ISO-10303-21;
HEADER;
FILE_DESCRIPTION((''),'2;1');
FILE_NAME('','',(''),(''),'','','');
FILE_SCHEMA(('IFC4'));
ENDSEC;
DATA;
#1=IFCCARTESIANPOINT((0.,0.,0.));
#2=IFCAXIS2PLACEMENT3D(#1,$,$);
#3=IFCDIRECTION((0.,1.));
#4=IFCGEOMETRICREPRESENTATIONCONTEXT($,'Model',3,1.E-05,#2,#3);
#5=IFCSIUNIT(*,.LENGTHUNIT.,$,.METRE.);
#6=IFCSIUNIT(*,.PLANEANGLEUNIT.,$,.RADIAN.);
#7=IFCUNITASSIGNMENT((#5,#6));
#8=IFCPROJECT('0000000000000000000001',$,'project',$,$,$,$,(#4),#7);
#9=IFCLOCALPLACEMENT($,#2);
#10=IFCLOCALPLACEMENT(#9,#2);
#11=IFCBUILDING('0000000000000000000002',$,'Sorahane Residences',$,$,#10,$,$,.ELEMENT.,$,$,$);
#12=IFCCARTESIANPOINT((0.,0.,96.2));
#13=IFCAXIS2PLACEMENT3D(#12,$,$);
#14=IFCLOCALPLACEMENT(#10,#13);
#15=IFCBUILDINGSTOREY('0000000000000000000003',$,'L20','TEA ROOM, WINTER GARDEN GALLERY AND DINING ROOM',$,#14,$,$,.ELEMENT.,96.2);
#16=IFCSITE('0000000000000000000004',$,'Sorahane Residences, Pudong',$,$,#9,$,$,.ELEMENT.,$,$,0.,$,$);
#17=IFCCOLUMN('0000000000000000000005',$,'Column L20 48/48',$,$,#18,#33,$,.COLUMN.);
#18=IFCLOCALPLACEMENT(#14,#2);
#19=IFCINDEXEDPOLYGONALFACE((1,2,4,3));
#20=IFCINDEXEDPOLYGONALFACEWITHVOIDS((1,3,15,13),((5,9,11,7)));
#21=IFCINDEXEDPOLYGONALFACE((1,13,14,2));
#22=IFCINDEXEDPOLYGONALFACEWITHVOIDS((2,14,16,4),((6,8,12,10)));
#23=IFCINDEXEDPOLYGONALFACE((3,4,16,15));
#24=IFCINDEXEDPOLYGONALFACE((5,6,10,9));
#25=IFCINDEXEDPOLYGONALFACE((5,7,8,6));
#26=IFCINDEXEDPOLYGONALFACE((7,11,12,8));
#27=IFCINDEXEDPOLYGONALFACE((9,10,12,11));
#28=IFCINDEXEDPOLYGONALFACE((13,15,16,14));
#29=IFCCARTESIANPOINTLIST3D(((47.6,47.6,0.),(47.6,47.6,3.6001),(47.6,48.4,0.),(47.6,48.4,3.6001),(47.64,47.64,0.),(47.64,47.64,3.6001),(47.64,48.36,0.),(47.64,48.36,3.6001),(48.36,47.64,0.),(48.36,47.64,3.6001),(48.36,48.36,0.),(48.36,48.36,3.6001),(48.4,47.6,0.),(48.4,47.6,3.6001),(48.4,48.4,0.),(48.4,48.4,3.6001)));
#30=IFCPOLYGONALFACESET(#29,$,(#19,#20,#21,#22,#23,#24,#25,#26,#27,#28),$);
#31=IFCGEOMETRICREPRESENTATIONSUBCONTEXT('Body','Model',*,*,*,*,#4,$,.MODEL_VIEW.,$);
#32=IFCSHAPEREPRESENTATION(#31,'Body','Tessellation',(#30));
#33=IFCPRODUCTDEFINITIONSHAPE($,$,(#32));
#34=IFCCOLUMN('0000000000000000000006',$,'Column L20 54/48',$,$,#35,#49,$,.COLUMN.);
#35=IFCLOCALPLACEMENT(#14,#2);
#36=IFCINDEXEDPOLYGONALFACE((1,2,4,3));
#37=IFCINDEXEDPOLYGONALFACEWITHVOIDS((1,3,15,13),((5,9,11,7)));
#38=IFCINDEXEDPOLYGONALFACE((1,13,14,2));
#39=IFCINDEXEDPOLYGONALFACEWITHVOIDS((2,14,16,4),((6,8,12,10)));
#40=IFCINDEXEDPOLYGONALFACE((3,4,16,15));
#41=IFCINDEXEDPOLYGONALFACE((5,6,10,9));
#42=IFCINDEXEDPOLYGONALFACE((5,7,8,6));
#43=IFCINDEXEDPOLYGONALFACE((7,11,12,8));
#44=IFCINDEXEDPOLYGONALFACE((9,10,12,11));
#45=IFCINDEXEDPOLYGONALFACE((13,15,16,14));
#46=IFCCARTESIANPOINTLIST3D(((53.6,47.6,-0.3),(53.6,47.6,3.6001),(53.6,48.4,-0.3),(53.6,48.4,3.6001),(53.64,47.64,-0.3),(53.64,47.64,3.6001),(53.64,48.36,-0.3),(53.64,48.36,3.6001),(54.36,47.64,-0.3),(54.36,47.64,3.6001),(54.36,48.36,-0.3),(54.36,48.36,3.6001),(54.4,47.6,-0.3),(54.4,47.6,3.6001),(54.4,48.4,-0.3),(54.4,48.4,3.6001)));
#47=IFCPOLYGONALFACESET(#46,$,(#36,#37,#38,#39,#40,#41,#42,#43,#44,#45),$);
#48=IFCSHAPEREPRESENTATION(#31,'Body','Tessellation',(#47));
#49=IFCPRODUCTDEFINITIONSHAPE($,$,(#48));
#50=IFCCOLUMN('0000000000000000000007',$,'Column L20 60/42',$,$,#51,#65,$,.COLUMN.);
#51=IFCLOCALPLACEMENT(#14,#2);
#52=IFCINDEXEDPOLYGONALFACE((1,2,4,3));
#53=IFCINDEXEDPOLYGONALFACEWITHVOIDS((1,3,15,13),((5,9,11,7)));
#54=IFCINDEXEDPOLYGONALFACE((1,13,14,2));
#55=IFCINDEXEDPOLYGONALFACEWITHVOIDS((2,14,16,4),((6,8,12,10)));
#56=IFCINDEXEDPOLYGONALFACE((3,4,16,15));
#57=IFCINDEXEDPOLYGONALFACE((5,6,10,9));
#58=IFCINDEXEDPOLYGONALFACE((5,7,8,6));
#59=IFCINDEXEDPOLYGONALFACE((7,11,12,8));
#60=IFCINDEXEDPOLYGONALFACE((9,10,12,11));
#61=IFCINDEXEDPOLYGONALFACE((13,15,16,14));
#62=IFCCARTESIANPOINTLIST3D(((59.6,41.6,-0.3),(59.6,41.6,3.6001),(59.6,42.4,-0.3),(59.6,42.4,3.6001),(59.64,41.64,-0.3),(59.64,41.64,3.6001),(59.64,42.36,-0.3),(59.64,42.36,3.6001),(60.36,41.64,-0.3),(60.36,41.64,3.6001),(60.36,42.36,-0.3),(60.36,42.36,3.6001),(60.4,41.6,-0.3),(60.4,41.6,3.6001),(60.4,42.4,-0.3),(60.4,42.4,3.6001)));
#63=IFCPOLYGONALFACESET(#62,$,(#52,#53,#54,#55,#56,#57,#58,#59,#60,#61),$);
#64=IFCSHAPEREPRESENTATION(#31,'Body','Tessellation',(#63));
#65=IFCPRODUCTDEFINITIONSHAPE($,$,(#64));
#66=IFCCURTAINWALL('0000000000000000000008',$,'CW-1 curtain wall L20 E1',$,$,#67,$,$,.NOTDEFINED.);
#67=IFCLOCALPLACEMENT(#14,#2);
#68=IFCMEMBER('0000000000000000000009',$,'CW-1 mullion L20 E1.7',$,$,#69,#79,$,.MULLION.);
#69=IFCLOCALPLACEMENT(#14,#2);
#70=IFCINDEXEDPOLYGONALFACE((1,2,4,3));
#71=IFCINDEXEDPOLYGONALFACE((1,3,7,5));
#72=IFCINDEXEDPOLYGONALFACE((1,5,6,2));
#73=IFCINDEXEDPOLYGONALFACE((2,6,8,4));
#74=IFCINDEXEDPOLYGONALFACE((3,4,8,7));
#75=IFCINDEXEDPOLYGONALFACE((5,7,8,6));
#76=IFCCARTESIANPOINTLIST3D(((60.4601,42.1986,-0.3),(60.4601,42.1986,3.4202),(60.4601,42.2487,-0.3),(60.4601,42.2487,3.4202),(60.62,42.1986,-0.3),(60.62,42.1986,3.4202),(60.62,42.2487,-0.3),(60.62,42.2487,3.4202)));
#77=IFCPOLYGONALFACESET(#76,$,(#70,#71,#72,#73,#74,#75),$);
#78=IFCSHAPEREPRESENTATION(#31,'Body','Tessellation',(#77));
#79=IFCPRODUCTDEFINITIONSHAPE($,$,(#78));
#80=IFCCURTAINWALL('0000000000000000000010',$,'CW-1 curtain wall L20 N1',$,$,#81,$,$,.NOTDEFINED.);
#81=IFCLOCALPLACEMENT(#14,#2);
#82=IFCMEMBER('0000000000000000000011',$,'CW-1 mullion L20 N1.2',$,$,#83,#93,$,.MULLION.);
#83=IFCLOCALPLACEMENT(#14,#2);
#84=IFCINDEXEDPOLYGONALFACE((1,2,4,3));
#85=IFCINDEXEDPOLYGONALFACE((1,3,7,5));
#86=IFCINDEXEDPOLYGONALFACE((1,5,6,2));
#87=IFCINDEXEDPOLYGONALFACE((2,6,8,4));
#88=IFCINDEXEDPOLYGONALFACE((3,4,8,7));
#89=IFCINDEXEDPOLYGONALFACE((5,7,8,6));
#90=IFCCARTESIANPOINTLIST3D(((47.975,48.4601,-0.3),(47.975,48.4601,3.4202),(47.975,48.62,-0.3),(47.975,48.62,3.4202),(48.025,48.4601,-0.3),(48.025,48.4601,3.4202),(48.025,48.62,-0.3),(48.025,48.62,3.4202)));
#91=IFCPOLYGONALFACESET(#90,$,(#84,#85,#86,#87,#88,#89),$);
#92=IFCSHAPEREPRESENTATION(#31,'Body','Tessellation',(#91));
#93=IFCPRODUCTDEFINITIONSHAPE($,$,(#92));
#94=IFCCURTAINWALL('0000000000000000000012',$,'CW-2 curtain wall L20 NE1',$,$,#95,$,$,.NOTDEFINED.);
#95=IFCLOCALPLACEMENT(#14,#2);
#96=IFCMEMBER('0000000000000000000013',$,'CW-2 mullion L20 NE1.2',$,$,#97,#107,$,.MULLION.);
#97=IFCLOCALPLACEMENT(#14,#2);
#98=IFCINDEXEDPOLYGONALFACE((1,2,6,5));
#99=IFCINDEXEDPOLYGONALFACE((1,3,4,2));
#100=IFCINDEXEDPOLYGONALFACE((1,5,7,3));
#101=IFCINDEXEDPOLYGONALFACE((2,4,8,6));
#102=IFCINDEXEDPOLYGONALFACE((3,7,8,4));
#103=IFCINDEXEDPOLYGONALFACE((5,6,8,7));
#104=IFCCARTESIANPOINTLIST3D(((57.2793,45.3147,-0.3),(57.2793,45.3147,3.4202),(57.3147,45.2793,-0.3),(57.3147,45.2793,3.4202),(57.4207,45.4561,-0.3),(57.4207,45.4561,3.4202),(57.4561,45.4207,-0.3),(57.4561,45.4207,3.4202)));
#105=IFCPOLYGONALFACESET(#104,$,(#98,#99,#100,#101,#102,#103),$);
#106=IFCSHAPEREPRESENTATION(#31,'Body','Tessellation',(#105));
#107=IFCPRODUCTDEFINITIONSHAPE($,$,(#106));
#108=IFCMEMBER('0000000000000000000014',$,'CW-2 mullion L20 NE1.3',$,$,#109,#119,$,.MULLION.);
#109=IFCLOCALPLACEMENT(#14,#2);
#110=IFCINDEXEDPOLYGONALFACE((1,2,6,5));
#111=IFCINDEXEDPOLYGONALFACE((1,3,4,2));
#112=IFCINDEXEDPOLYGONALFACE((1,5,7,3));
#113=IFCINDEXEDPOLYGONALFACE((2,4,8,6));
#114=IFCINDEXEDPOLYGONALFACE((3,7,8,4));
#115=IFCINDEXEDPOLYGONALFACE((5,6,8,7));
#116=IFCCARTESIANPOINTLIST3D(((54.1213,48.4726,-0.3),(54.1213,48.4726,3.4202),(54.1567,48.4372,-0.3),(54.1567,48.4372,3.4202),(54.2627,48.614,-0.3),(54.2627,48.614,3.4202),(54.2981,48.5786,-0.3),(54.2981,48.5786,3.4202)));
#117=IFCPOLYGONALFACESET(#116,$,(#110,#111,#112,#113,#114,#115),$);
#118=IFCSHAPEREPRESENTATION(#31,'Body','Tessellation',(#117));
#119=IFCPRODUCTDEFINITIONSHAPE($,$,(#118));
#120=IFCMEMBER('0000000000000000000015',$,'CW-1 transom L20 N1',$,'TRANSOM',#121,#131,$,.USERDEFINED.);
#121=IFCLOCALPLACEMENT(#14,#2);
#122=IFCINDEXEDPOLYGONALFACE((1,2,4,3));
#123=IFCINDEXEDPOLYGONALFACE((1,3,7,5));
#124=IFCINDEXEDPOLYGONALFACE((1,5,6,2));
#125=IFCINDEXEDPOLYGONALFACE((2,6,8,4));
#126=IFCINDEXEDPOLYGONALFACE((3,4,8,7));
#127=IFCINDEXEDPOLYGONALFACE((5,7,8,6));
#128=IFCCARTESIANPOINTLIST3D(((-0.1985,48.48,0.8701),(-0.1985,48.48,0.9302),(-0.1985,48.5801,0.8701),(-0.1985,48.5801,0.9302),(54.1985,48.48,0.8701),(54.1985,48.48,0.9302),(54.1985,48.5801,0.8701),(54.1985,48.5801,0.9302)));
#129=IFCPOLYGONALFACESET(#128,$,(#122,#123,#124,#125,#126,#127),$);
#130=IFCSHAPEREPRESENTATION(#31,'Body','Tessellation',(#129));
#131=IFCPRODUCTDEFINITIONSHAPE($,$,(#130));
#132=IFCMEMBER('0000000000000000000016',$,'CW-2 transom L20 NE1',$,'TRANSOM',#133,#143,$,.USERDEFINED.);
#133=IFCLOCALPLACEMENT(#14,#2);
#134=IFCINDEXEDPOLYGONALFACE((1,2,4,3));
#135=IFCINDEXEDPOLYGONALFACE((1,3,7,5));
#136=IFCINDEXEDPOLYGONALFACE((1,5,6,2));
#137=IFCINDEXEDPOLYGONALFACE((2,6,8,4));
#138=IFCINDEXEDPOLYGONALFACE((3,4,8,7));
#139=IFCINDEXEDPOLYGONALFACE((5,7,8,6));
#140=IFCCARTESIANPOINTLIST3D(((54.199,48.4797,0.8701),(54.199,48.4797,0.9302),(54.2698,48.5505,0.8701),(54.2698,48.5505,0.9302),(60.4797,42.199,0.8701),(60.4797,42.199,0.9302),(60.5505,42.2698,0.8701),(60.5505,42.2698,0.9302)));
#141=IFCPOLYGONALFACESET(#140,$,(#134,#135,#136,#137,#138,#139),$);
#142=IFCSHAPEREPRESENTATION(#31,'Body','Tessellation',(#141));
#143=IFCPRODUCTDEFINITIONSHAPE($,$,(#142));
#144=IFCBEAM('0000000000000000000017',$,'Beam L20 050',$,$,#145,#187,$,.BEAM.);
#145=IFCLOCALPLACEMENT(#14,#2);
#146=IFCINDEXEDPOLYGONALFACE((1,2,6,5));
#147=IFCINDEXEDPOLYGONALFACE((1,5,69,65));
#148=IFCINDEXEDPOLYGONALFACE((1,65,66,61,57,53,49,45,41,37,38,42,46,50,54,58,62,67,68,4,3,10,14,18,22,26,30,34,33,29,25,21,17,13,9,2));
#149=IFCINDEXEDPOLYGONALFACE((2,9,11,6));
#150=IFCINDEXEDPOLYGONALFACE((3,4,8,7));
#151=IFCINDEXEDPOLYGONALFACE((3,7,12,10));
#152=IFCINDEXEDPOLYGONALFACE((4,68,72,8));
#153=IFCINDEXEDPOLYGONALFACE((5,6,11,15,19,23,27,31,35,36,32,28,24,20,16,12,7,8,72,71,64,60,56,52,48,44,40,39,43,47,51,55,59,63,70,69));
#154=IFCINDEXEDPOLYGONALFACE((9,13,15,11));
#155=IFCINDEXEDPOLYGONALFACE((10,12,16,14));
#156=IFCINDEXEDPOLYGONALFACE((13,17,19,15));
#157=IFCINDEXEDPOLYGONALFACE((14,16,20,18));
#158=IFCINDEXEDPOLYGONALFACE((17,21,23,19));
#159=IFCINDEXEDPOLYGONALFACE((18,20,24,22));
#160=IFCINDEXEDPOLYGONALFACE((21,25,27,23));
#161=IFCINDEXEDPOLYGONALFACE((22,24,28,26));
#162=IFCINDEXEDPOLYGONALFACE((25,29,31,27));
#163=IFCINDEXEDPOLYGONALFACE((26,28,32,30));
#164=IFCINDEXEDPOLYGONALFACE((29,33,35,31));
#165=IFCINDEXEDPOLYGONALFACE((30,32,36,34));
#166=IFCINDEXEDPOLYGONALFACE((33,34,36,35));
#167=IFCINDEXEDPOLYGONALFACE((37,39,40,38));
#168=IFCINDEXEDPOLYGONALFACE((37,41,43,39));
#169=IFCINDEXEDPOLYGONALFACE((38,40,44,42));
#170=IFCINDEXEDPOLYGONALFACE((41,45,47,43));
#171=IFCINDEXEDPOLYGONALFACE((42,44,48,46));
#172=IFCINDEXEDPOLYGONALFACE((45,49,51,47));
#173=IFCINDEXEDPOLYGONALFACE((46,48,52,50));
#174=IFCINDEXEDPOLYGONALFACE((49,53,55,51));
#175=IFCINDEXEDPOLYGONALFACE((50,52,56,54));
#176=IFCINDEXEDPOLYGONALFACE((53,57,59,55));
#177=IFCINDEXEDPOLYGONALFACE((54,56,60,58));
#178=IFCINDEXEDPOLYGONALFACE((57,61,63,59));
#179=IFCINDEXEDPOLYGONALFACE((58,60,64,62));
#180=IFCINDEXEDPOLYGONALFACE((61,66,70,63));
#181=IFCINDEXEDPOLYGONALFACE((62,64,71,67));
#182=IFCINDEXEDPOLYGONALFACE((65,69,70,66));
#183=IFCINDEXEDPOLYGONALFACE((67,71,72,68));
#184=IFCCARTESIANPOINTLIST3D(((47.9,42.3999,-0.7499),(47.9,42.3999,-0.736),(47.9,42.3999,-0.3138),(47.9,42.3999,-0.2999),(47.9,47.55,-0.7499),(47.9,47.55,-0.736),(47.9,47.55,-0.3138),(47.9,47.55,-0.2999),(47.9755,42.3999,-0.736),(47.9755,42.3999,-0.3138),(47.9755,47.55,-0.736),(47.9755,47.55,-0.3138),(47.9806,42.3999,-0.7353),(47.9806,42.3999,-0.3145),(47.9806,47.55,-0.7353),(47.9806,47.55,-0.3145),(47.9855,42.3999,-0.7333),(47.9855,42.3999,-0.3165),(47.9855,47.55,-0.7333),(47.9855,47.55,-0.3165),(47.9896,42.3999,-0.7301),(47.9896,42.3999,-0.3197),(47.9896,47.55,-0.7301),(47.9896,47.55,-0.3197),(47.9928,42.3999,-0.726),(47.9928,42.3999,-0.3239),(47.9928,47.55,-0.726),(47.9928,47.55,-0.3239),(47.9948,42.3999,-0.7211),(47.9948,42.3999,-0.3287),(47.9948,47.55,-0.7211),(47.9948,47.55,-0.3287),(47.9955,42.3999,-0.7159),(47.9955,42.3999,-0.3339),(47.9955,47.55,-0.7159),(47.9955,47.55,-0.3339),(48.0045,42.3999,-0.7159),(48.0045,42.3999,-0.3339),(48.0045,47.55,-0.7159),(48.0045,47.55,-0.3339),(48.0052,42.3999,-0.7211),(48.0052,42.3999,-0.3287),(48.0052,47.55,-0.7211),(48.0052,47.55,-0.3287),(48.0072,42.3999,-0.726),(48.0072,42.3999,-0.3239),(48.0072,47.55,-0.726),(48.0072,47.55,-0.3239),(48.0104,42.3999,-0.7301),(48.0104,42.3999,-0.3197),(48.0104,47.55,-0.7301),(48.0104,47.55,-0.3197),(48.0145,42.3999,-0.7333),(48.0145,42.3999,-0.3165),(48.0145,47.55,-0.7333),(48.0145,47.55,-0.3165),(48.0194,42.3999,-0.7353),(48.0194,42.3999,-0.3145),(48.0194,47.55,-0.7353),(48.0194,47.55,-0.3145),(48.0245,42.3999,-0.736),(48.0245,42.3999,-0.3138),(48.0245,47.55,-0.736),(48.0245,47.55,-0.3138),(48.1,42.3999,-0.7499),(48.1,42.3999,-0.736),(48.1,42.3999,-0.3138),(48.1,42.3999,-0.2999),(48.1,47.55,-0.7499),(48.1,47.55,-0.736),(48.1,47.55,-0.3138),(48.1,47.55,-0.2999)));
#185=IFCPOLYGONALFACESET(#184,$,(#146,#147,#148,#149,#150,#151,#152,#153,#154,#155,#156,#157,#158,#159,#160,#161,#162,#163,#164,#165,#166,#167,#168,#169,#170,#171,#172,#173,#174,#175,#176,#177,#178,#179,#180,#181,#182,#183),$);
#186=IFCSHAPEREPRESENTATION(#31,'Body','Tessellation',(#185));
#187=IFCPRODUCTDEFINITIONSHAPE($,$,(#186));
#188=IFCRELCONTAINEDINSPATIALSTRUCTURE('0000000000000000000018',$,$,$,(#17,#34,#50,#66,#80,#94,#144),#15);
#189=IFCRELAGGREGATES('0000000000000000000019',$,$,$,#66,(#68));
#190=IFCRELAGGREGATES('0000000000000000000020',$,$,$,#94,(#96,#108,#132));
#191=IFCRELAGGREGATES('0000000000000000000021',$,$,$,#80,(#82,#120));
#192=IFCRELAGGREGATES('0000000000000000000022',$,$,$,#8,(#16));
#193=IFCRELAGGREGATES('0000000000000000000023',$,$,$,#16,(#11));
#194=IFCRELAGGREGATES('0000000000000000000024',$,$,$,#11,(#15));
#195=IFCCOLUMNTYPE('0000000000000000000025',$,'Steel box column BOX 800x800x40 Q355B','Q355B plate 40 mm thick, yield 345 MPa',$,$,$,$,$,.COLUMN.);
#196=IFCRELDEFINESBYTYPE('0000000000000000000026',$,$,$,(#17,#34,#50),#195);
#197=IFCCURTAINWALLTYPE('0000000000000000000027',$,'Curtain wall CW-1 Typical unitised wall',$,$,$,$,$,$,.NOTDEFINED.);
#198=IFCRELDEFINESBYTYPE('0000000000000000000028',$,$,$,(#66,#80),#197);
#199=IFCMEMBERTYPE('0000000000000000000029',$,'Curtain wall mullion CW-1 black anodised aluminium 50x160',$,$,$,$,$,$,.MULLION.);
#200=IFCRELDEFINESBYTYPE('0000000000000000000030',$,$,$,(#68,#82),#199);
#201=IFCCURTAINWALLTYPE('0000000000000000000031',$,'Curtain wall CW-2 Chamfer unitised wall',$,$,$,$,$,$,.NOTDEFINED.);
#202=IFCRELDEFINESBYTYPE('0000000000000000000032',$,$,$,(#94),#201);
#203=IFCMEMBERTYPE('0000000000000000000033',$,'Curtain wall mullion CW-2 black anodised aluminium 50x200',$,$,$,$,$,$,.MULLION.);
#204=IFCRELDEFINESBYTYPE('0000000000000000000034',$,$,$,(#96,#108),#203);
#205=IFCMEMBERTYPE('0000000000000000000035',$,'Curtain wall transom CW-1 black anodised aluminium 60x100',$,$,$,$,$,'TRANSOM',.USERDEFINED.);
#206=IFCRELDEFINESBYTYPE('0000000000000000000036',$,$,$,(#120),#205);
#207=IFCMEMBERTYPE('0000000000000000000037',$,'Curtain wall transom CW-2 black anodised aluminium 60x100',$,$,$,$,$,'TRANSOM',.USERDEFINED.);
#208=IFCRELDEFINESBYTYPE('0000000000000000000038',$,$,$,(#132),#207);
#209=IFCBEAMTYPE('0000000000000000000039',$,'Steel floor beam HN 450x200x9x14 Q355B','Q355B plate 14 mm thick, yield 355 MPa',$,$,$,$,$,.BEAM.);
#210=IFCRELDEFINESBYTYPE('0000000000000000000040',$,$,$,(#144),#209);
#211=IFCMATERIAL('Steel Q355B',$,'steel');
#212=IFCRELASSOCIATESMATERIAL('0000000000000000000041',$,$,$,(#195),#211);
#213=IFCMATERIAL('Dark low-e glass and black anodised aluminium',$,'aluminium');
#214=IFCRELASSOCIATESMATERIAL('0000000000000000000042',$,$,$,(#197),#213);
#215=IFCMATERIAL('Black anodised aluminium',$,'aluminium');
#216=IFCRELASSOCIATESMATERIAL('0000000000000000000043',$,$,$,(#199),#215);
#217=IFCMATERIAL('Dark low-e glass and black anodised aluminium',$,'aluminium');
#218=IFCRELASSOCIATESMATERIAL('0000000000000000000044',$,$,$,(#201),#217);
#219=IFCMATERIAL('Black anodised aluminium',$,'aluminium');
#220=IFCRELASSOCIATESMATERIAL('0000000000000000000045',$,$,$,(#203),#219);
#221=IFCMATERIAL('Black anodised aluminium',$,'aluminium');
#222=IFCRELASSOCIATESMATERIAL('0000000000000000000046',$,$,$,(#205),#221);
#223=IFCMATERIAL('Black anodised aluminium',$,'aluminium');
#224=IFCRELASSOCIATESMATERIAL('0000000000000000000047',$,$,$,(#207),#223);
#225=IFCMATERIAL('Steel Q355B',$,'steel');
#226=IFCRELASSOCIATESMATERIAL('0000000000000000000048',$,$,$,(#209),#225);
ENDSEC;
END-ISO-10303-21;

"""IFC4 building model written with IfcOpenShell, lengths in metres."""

from ifc_helpers import new_model, si_unit, direction, frame, origin, origin_2d, place, context, subcontext, project, spatial, rectangle, hollow_rectangle, i_section, extrude, material, material_profile, profile_set, type_object, element, aggregate, save


model = new_model("IFC4")

# Units and contexts
model_context = context("Model", 3, precision=1e-05, world=origin(), true_north=direction((0.0, 1.0)))
body_context = subcontext(model_context, "Body", "Model", "MODEL_VIEW")
ifc_project = project(units=[si_unit("LENGTHUNIT", "METRE"), si_unit("PLANEANGLEUNIT", "RADIAN")], contexts=[model_context])

# Site, building, storey
site_placement = place(None, origin())
site = spatial("IfcSite", under=ifc_project, at=site_placement, Name="Sorahane Residences, Pudong", CompositionType="ELEMENT", RefElevation=0.0)
building_placement = place(site_placement, origin())
building = spatial("IfcBuilding", under=site, at=building_placement, Name="Sorahane Residences", CompositionType="ELEMENT")
storey_placement = place(building_placement, frame((0.0, 0.0, 96.2)))
storey = spatial("IfcBuildingStorey", under=building, at=storey_placement, Name="L20", Description="TEA ROOM, WINTER GARDEN GALLERY AND DINING ROOM", CompositionType="ELEMENT", Elevation=96.2)

# Columns
ifc_material_1 = material(Name="Steel Q355B", Category="steel")
ifc_material_profile_1 = material_profile(ifc_material_1, hollow_rectangle(XDim=0.8, YDim=0.8, WallThickness=0.04, at=origin_2d()), Name="BOX 800x800x40")
ifc_profile_set_1 = profile_set([ifc_material_profile_1], Name="Steel Q355B")
column_type = type_object("IfcColumnType", Name="Steel box column BOX 800x800x40 Q355B", Description="Q355B plate 40 mm thick, yield 345 MPa", PredefinedType="COLUMN", material=ifc_profile_set_1)
column_placement = place(storey_placement, frame((48.0, 48.0, 0.0), z_axis=(0.0, 0.0, 1.0), x_axis=(1.0, 0.0, 0.0)))
element("IfcColumn", 1, at=column_placement, inside=storey, type_object=column_type, Name="Column L20 48/48", PredefinedType="COLUMN", context=body_context, shape_type="SweptSolid", body=[
    extrude(hollow_rectangle(XDim=0.8, YDim=0.8, WallThickness=0.04, at=origin_2d()), origin(), (0.0, 0.0, 1.0), 3.6001),
])
for number, where, z_axis, x_axis, name in (
    (2, (54.0, 48.0, -0.3), (0.0, 0.0, 1.0), (1.0, 0.0, 0.0), "Column L20 54/48"),
    (3, (60.0, 42.0, -0.3), (0.0, 0.0, 1.0), (1.0, 0.0, 0.0), "Column L20 60/42"),
):
    element("IfcColumn", number, at=place(storey_placement, frame(where, z_axis=z_axis, x_axis=x_axis)), inside=storey, type_object=column_type, Name=name, PredefinedType="COLUMN", context=body_context, shape_type="SweptSolid", body=[
        extrude(hollow_rectangle(XDim=0.8, YDim=0.8, WallThickness=0.04, at=origin_2d()), origin(), (0.0, 0.0, 1.0), 3.9001),
    ])

# Curtain walls, members
ifc_material_2 = material(Name="Dark low-e glass and black anodised aluminium", Category="aluminium")
curtain_wall_type_1 = type_object("IfcCurtainWallType", Name="Curtain wall CW-1 Typical unitised wall", PredefinedType="NOTDEFINED", material=ifc_material_2)
curtain_wall_1_placement = place(storey_placement, origin())
curtain_wall_1 = element("IfcCurtainWall", 4, at=curtain_wall_1_placement, inside=storey, type_object=curtain_wall_type_1, Name="CW-1 curtain wall L20 E1", PredefinedType="NOTDEFINED")
ifc_material_3 = material(Name="Black anodised aluminium", Category="aluminium")
ifc_material_profile_2 = material_profile(ifc_material_3, rectangle(XDim=0.1599, YDim=0.05, at=origin_2d()), Name="Curtain wall mullion CW-1 black anodised aluminium 50x160")
ifc_profile_set_2 = profile_set([ifc_material_profile_2], Name="Black anodised aluminium")
member_type_1 = type_object("IfcMemberType", Name="Curtain wall mullion CW-1 black anodised aluminium 50x160", PredefinedType="MULLION", material=ifc_profile_set_2)
member_1_placement = place(storey_placement, frame((60.54, 42.2236, -0.3), z_axis=(0.0, 0.0, 1.0), x_axis=(1.0, 0.0, 0.0)))
member_1 = element("IfcMember", 5, at=member_1_placement, type_object=member_type_1, Name="CW-1 mullion L20 E1.7", PredefinedType="MULLION", context=body_context, shape_type="SweptSolid", body=[
    extrude(rectangle(XDim=0.1599, YDim=0.05, at=origin_2d()), origin(), (0.0, 0.0, 1.0), 3.7202),
])
aggregate(curtain_wall_1, [member_1])
curtain_wall_2_placement = place(storey_placement, origin())
curtain_wall_2 = element("IfcCurtainWall", 6, at=curtain_wall_2_placement, inside=storey, type_object=curtain_wall_type_1, Name="CW-1 curtain wall L20 N1", PredefinedType="NOTDEFINED")
member_2_placement = place(storey_placement, frame((48.0, 48.54, -0.3), z_axis=(0.0, 0.0, 1.0), x_axis=(0.0, 1.0, 0.0)))
member_2 = element("IfcMember", 7, at=member_2_placement, type_object=member_type_1, Name="CW-1 mullion L20 N1.2", PredefinedType="MULLION", context=body_context, shape_type="SweptSolid", body=[
    extrude(rectangle(XDim=0.1599, YDim=0.05, at=origin_2d()), origin(), (0.0, 0.0, 1.0), 3.7202),
])

# Curtain wall, members
ifc_material_4 = material(Name="Dark low-e glass and black anodised aluminium", Category="aluminium")
curtain_wall_type_2 = type_object("IfcCurtainWallType", Name="Curtain wall CW-2 Chamfer unitised wall", PredefinedType="NOTDEFINED", material=ifc_material_4)
curtain_wall_3_placement = place(storey_placement, origin())
curtain_wall_3 = element("IfcCurtainWall", 8, at=curtain_wall_3_placement, inside=storey, type_object=curtain_wall_type_2, Name="CW-2 curtain wall L20 NE1", PredefinedType="NOTDEFINED")
ifc_material_5 = material(Name="Black anodised aluminium", Category="aluminium")
ifc_material_profile_3 = material_profile(ifc_material_5, rectangle(XDim=0.2, YDim=0.05, at=origin_2d()), Name="Curtain wall mullion CW-2 black anodised aluminium 50x200")
ifc_profile_set_3 = profile_set([ifc_material_profile_3], Name="Black anodised aluminium")
member_type_2 = type_object("IfcMemberType", Name="Curtain wall mullion CW-2 black anodised aluminium 50x200", PredefinedType="MULLION", material=ifc_profile_set_3)
member_3_placement = place(storey_placement, frame((57.3677, 45.3677, -0.3), z_axis=(0.0, 0.0, 1.0), x_axis=(0.707107, 0.707107, 0.0)))
member_3 = element("IfcMember", 9, at=member_3_placement, type_object=member_type_2, Name="CW-2 mullion L20 NE1.2", PredefinedType="MULLION", context=body_context, shape_type="SweptSolid", body=[
    extrude(rectangle(XDim=0.2, YDim=0.05, at=origin_2d()), origin(), (0.0, 0.0, 1.0), 3.7202),
])
member_4_placement = place(storey_placement, frame((54.2097, 48.5256, -0.3), z_axis=(0.0, 0.0, 1.0), x_axis=(0.707107, 0.707107, 0.0)))
member_4 = element("IfcMember", 10, at=member_4_placement, type_object=member_type_2, Name="CW-2 mullion L20 NE1.3", PredefinedType="MULLION", context=body_context, shape_type="SweptSolid", body=[
    extrude(rectangle(XDim=0.2, YDim=0.05, at=origin_2d()), origin(), (0.0, 0.0, 1.0), 3.7202),
])

# Members
ifc_material_6 = material(Name="Black anodised aluminium", Category="aluminium")
ifc_material_profile_4 = material_profile(ifc_material_6, rectangle(XDim=0.1001, YDim=0.0601, at=origin_2d()), Name="Curtain wall transom CW-1 black anodised aluminium 60x100")
ifc_profile_set_4 = profile_set([ifc_material_profile_4], Name="Black anodised aluminium")
member_type_3 = type_object("IfcMemberType", Name="Curtain wall transom CW-1 black anodised aluminium 60x100", ElementType="TRANSOM", PredefinedType="USERDEFINED", material=ifc_profile_set_4)
member_5_placement = place(storey_placement, frame((54.1985, 48.53, 0.9001), z_axis=(-1.0, 0.0, 0.0), x_axis=(0.0, -1.0, 0.0)))
member_5 = element("IfcMember", 11, at=member_5_placement, type_object=member_type_3, Name="CW-1 transom L20 N1", ObjectType="TRANSOM", PredefinedType="USERDEFINED", context=body_context, shape_type="SweptSolid", body=[
    extrude(rectangle(XDim=0.1001, YDim=0.0601, at=origin_2d()), origin(), (0.0, 0.0, 1.0), 54.397),
])
ifc_material_7 = material(Name="Black anodised aluminium", Category="aluminium")
ifc_material_profile_5 = material_profile(ifc_material_7, rectangle(XDim=0.1001, YDim=0.0601, at=origin_2d()), Name="Curtain wall transom CW-2 black anodised aluminium 60x100")
ifc_profile_set_5 = profile_set([ifc_material_profile_5], Name="Black anodised aluminium")
member_type_4 = type_object("IfcMemberType", Name="Curtain wall transom CW-2 black anodised aluminium 60x100", ElementType="TRANSOM", PredefinedType="USERDEFINED", material=ifc_profile_set_5)
member_6_placement = place(storey_placement, frame((60.5151, 42.2344, 0.9001), z_axis=(-0.707107, 0.707107, 0.0), x_axis=(-0.707107, -0.707107, 0.0)))
member_6 = element("IfcMember", 12, at=member_6_placement, type_object=member_type_4, Name="CW-2 transom L20 NE1", ObjectType="TRANSOM", PredefinedType="USERDEFINED", context=body_context, shape_type="SweptSolid", body=[
    extrude(rectangle(XDim=0.1001, YDim=0.0601, at=origin_2d()), origin(), (0.0, 0.0, 1.0), 8.8823),
])

# Beam
ifc_material_8 = material(Name="Steel Q355B", Category="steel")
ifc_material_profile_6 = material_profile(ifc_material_8, i_section(OverallWidth=0.2, OverallDepth=0.45, WebThickness=0.009, FlangeThickness=0.0139, FilletRadius=0.02, at=origin_2d()), Name="HN 450x200x9x14")
ifc_profile_set_6 = profile_set([ifc_material_profile_6], Name="Steel Q355B")
beam_type = type_object("IfcBeamType", Name="Steel floor beam HN 450x200x9x14 Q355B", Description="Q355B plate 14 mm thick, yield 355 MPa", PredefinedType="BEAM", material=ifc_profile_set_6)
for number, where, z_axis, x_axis, name in (
    (13, (48.0, 42.3999, -0.5249), (0.0, 1.0, 0.0), (-1.0, 0.0, 0.0), "Beam L20 050"),
):
    element("IfcBeam", number, at=place(storey_placement, frame(where, z_axis=z_axis, x_axis=x_axis)), inside=storey, type_object=beam_type, Name=name, PredefinedType="BEAM", context=body_context, shape_type="SweptSolid", body=[
        extrude(i_section(OverallWidth=0.2, OverallDepth=0.45, WebThickness=0.009, FlangeThickness=0.0139, FilletRadius=0.02, at=origin_2d()), origin(), (0.0, 0.0, 1.0), 5.1501),
    ])

aggregate(curtain_wall_3, [member_3, member_4, member_6])
aggregate(curtain_wall_2, [member_2, member_5])

save(model, "model.ifc")
